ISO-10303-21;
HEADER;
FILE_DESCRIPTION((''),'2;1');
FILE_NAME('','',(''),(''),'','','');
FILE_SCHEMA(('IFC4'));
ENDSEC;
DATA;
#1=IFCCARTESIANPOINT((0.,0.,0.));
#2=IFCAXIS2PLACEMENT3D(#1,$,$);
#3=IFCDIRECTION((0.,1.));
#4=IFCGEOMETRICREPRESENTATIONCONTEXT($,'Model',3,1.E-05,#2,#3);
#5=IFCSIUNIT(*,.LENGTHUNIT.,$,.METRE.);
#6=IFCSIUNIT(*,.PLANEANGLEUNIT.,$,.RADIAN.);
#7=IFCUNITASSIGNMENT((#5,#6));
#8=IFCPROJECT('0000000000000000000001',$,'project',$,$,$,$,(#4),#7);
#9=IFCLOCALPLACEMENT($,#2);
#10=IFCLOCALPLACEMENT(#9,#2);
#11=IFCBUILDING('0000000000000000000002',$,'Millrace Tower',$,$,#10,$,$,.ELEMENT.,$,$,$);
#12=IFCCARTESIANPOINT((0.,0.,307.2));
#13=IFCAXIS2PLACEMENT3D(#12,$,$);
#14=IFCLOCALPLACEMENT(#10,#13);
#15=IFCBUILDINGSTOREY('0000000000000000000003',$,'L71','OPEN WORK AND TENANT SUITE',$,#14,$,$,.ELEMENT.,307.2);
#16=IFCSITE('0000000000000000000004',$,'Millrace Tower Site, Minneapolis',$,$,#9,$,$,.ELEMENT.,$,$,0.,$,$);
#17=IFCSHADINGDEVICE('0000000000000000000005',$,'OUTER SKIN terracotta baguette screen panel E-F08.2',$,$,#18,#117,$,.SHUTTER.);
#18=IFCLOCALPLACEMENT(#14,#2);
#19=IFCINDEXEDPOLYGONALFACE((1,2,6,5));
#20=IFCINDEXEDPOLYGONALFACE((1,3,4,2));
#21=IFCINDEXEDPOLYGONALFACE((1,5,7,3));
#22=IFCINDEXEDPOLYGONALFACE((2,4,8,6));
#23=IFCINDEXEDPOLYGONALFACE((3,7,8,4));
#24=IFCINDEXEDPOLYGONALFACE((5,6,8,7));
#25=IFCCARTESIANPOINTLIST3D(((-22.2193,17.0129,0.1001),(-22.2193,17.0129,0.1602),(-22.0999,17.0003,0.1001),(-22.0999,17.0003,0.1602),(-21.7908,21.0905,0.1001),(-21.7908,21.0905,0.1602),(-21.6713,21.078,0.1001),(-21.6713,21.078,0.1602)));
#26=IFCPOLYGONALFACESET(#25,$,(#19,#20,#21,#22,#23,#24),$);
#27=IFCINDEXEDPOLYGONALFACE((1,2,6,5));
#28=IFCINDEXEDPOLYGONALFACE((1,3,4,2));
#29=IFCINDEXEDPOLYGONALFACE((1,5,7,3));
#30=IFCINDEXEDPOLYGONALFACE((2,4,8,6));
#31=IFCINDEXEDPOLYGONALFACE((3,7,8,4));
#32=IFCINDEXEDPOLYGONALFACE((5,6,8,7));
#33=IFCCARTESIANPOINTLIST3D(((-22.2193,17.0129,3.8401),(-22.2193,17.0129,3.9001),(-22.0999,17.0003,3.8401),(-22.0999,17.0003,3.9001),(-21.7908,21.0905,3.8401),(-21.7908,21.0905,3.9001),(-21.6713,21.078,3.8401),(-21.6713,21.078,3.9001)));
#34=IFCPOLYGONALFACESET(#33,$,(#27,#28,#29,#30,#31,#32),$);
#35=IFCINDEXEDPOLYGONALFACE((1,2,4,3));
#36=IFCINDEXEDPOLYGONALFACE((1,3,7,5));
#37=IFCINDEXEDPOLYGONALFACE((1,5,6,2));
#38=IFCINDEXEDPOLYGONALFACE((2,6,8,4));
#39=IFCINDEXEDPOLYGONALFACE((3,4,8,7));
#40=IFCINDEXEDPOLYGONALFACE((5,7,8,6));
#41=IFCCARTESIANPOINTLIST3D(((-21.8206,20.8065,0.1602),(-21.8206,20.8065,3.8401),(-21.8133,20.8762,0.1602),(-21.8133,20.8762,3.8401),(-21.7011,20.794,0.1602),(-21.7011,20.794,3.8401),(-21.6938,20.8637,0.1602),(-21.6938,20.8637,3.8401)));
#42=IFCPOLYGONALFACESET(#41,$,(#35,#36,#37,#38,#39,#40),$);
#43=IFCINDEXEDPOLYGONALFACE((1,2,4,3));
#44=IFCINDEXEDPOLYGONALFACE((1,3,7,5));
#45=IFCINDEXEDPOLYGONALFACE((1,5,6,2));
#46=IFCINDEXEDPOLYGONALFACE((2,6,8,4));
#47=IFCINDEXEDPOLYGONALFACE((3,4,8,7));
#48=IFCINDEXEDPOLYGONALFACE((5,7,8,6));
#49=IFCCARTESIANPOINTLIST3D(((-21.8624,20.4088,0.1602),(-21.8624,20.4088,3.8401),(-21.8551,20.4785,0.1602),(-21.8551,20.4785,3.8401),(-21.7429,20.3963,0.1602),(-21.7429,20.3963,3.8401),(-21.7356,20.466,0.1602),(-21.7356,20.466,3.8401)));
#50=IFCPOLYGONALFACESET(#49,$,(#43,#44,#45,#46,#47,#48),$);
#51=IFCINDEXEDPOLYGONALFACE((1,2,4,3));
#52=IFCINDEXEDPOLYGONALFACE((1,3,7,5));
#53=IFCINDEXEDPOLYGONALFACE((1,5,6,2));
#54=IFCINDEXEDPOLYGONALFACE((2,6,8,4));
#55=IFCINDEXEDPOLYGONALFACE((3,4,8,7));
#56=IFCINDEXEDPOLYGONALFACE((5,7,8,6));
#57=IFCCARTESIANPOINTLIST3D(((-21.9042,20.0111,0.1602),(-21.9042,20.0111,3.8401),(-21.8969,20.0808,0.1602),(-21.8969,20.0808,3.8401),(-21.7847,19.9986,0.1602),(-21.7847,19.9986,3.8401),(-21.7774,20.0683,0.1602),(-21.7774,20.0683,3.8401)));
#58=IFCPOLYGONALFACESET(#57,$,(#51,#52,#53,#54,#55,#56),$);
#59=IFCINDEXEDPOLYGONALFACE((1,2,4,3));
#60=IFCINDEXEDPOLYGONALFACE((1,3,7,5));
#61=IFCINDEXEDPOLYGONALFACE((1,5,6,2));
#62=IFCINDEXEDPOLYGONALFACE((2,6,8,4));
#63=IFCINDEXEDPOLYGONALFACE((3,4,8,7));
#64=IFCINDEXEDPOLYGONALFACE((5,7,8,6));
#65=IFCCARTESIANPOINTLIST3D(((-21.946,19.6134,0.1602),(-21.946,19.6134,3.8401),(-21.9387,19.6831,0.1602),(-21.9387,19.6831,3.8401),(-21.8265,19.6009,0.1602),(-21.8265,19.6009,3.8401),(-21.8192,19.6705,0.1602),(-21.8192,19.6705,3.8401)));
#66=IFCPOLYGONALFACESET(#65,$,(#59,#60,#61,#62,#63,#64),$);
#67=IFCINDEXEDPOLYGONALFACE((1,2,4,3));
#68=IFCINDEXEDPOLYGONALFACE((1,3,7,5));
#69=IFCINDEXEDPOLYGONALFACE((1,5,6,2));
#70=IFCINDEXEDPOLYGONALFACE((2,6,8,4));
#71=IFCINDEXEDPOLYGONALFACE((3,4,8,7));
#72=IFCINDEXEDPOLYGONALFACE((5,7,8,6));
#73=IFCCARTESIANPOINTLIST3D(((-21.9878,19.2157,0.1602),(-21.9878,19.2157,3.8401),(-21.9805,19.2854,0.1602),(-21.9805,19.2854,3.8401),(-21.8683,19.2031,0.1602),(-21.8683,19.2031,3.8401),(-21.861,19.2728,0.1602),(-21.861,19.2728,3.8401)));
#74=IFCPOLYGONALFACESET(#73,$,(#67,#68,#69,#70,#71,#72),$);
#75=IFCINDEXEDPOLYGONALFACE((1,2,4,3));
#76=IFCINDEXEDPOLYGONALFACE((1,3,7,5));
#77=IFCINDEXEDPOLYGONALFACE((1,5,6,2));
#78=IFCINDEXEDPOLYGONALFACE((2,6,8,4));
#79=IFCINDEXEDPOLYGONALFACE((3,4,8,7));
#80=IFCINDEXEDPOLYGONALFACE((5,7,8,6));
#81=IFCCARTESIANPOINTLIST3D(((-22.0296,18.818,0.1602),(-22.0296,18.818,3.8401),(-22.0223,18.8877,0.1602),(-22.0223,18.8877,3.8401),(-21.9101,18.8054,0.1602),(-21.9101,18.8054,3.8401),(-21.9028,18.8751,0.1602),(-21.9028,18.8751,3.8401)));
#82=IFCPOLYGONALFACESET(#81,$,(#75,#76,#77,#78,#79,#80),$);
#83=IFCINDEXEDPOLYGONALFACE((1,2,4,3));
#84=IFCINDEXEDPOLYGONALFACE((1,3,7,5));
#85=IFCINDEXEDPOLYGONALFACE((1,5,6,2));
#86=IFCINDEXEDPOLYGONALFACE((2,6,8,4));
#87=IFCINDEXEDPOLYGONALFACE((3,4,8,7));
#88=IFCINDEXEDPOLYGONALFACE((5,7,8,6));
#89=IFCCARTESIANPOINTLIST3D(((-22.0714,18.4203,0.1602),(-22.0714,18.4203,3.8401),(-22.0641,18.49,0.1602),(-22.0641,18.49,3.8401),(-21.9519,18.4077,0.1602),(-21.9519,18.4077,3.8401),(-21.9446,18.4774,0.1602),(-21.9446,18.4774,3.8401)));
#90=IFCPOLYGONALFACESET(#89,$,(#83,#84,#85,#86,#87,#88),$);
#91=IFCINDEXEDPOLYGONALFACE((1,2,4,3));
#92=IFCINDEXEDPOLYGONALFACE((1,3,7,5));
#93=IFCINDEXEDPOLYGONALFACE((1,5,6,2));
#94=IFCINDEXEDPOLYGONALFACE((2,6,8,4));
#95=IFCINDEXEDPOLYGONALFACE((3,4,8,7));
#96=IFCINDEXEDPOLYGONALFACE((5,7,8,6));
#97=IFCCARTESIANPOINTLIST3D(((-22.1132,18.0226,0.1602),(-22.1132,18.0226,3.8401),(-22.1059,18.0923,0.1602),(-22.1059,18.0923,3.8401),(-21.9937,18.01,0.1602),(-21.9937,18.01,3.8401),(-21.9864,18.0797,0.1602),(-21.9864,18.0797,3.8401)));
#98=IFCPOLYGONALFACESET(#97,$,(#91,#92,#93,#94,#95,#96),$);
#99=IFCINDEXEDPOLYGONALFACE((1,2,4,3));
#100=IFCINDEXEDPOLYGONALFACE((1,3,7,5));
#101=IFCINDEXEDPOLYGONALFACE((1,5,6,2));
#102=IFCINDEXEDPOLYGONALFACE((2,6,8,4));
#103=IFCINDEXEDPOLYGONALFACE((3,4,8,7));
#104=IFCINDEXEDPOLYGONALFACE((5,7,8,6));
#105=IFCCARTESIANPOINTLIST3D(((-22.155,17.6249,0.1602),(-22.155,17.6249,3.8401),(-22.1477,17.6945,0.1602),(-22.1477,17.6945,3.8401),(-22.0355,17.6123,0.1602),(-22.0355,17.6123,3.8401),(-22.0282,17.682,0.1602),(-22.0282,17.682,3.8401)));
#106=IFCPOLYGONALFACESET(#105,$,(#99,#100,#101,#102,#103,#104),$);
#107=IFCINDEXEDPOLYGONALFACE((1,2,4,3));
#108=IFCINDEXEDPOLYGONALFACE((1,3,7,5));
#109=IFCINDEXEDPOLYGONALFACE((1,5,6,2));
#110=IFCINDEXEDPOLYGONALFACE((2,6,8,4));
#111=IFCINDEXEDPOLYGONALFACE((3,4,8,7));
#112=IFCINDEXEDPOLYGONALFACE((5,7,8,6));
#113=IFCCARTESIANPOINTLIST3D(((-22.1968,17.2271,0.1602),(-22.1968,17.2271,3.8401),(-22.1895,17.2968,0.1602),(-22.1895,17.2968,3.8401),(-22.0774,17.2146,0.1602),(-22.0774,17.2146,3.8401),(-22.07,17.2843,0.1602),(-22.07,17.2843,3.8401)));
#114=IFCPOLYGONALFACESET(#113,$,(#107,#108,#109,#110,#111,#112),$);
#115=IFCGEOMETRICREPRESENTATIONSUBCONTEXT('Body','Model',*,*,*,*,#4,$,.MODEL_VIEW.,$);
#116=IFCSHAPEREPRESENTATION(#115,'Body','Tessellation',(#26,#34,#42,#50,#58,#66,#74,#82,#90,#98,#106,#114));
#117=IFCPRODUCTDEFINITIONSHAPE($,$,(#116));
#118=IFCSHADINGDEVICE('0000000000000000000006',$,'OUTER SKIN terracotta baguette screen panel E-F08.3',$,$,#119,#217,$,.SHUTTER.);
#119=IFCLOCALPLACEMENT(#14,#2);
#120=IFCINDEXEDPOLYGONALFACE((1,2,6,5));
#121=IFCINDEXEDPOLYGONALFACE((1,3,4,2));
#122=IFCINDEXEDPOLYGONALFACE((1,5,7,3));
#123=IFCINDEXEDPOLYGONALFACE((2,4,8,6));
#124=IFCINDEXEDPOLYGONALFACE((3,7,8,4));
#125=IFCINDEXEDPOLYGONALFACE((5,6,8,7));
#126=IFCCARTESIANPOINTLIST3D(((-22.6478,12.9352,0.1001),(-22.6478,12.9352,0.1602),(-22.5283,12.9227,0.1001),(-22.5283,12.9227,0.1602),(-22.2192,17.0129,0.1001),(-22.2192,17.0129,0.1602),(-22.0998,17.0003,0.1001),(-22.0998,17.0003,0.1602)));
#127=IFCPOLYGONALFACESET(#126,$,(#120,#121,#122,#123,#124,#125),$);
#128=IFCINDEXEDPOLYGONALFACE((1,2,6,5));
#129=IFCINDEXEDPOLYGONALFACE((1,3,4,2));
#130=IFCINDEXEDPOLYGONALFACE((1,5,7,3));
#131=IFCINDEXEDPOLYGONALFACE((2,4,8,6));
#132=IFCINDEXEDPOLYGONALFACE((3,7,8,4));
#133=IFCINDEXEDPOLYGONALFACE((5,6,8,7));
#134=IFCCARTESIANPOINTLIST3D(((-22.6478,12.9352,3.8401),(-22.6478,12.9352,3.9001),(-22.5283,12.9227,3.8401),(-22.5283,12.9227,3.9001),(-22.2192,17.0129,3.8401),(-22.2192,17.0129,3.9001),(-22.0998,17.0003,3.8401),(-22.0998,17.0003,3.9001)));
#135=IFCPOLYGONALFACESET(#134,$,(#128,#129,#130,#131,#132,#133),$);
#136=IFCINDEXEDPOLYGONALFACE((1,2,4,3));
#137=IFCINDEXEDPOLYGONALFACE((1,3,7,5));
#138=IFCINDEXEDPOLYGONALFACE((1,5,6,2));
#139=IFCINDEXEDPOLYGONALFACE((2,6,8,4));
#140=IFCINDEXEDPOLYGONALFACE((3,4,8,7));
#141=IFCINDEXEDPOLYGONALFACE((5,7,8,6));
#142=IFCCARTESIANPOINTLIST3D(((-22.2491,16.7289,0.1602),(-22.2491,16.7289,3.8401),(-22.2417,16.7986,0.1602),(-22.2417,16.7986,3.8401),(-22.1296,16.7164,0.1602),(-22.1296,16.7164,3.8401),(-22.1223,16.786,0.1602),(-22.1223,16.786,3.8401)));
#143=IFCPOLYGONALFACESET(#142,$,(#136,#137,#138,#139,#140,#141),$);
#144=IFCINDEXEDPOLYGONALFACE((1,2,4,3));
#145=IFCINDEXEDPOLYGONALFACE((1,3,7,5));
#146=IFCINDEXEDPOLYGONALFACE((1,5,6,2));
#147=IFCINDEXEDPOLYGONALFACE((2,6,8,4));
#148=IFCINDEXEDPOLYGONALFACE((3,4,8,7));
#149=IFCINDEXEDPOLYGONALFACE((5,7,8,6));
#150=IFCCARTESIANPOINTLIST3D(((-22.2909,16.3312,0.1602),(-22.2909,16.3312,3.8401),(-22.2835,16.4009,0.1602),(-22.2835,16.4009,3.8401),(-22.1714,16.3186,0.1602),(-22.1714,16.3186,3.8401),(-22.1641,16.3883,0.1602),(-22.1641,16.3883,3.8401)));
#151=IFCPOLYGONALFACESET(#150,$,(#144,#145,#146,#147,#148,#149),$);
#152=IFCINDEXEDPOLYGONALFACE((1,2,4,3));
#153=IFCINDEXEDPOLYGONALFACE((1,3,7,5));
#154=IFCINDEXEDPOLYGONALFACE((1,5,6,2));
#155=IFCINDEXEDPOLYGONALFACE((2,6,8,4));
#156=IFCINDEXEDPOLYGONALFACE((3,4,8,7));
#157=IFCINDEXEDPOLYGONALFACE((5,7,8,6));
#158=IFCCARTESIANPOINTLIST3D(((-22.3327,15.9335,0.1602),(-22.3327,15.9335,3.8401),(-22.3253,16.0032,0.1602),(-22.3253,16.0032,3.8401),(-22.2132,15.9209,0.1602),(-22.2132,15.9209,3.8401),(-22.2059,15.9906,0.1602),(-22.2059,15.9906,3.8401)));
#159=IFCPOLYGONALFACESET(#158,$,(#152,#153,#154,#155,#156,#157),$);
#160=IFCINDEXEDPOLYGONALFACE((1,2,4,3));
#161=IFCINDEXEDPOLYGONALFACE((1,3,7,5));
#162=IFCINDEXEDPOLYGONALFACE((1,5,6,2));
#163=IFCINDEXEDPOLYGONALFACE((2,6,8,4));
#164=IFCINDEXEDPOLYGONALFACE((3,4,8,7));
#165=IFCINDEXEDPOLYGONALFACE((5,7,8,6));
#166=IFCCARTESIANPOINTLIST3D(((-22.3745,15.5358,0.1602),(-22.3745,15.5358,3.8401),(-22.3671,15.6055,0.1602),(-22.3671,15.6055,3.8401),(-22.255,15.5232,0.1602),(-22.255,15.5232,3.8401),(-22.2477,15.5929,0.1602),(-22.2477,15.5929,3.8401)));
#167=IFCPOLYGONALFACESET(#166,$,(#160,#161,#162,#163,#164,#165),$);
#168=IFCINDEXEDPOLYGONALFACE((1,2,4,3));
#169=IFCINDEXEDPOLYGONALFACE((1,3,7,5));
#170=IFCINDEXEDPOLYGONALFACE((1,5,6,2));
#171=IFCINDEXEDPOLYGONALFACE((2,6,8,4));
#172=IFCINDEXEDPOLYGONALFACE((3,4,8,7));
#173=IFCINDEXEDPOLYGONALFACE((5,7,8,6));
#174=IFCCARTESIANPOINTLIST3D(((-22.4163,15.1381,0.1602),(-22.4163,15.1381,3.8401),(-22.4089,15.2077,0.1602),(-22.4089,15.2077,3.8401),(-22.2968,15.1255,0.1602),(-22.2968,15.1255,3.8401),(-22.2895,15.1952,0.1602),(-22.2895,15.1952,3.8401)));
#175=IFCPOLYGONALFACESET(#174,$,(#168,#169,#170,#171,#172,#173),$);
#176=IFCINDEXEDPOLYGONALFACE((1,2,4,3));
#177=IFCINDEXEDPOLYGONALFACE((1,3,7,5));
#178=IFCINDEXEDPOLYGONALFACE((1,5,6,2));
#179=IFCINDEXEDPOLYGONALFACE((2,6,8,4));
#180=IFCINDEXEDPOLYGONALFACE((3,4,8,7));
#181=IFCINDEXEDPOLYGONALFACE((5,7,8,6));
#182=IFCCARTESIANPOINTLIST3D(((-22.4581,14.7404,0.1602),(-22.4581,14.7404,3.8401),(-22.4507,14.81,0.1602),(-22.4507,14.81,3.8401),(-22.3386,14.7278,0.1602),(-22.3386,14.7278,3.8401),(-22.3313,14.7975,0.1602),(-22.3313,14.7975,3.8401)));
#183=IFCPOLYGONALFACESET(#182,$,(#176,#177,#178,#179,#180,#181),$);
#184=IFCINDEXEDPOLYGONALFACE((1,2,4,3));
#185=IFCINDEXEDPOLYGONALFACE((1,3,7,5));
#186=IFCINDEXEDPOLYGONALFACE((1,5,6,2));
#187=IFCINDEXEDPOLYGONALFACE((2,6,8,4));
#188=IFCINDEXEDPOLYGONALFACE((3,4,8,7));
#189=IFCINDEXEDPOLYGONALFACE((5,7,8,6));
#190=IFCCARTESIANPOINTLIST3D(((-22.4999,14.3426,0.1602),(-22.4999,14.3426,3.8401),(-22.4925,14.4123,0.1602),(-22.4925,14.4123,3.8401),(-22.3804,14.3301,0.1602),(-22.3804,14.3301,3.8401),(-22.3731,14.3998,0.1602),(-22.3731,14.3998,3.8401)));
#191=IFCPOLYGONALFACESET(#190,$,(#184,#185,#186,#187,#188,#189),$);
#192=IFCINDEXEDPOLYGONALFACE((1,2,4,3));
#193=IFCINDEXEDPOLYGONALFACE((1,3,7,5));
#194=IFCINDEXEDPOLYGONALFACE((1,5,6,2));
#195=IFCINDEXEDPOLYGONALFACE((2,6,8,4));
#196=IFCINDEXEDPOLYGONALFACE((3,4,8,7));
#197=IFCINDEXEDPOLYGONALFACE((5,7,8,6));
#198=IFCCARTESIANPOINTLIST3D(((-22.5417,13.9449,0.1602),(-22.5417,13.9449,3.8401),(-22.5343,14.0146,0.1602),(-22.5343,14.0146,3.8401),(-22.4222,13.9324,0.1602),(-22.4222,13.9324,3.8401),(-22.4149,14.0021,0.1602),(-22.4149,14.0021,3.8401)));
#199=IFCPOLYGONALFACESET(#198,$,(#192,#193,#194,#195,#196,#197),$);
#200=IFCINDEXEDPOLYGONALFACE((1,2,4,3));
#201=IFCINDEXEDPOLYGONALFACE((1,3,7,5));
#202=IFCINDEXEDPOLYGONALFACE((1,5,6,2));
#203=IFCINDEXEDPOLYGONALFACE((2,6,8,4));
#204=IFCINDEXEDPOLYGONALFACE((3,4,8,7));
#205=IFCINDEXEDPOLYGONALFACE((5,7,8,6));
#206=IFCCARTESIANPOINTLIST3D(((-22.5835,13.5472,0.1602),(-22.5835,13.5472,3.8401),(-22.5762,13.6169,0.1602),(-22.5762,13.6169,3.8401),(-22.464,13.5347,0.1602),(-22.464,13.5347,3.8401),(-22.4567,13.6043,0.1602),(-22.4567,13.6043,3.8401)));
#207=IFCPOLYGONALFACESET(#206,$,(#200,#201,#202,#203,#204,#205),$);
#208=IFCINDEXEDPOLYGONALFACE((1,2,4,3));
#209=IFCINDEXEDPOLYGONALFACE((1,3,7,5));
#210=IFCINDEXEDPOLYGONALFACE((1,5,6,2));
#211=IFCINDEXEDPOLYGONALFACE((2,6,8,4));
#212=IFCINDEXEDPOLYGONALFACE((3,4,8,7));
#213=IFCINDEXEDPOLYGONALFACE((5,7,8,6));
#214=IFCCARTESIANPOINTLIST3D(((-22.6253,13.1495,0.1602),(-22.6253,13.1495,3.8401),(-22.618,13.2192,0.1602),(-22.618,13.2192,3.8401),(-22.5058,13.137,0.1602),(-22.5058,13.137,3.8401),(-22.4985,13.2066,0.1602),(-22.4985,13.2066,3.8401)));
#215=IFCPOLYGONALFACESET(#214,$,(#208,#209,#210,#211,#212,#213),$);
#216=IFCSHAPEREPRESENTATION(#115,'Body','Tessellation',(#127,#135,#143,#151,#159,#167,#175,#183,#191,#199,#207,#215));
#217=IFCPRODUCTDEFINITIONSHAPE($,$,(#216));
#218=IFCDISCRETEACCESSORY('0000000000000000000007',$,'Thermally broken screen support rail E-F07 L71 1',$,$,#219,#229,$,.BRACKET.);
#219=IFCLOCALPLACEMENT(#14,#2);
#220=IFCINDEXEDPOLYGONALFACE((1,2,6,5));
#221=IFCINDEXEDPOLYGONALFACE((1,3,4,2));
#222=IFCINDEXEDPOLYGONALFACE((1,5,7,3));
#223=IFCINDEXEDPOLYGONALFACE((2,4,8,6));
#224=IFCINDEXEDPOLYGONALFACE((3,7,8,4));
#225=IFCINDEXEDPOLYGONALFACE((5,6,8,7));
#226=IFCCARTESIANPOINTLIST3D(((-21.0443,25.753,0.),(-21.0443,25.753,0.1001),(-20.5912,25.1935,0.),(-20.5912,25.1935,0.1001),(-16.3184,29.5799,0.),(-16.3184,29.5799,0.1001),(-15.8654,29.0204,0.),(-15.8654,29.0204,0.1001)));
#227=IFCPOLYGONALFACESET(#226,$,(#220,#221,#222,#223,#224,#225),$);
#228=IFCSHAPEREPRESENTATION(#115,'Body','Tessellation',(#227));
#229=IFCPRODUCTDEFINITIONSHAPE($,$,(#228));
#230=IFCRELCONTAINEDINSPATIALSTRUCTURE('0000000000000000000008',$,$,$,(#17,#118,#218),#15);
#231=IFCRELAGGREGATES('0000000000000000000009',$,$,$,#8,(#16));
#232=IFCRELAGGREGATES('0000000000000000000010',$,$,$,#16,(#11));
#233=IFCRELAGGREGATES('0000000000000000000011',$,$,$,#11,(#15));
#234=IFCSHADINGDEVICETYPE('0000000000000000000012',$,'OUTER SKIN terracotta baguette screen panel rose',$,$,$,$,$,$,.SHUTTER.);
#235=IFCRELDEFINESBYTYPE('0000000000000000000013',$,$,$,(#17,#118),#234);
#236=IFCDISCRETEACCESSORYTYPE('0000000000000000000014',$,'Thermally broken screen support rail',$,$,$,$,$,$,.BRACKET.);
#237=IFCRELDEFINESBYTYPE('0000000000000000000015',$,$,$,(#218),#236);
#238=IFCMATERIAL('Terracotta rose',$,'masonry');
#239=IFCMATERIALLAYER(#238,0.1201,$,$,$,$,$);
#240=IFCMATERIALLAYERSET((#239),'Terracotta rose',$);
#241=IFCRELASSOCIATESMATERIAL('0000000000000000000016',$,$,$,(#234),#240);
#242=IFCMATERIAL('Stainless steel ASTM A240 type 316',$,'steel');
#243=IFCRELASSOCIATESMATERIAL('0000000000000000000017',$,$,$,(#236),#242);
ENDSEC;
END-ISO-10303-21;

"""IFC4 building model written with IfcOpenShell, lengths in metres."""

from ifc_helpers import new_model, entity, si_unit, direction, frame, frame_2d, origin, origin_2d, place, context, subcontext, project, spatial, rectangle, extrude, source, transform, mapped, material, layer, layer_set, type_object, element, save


model = new_model("IFC4")

# Units and contexts
model_context = context("Model", 3, precision=1e-05, world=origin(), true_north=direction((0.0, 1.0)))
body_context = subcontext(model_context, "Body", "Model", "MODEL_VIEW")
ifc_project = project(units=[si_unit("LENGTHUNIT", "METRE"), si_unit("PLANEANGLEUNIT", "RADIAN")], contexts=[model_context])

# Site, building, storey
site_placement = place(None, origin())
site = spatial("IfcSite", under=ifc_project, at=site_placement, Name="Millrace Tower Site, Minneapolis", CompositionType="ELEMENT", RefElevation=0.0)
building_placement = place(site_placement, origin())
building = spatial("IfcBuilding", under=site, at=building_placement, Name="Millrace Tower", CompositionType="ELEMENT")
storey_placement = place(building_placement, frame((0.0, 0.0, 307.2)))
storey = spatial("IfcBuildingStorey", under=building, at=storey_placement, Name="L71", Description="OPEN WORK AND TENANT SUITE", CompositionType="ELEMENT", Elevation=307.2)

# Shading devices
ifc_material_1 = material(Name="Terracotta rose", Category="masonry")
ifc_layer_1 = layer(ifc_material_1, 0.1201)
ifc_layer_set_1 = layer_set([ifc_layer_1], Name="Terracotta rose")
shading_device_type = type_object("IfcShadingDeviceType", Name="OUTER SKIN terracotta baguette screen panel rose", PredefinedType="SHUTTER", material=ifc_layer_set_1)
cartesian_point_1 = entity("IfcCartesianPoint", [-2.05, 0.0601])
shared_polyline_1 = entity("IfcPolyline", [cartesian_point_1, entity("IfcCartesianPoint", [2.05, 0.0601]), entity("IfcCartesianPoint", [2.05, -0.0601]), entity("IfcCartesianPoint", [-2.05, -0.0601]), cartesian_point_1])
shared_shape_1 = source(origin(), body_context, "Body", "SweptSolid", [
    entity("IfcExtrudedAreaSolid", entity("IfcArbitraryClosedProfileDef", "AREA", None, shared_polyline_1), entity("IfcAxis2Placement3D", entity("IfcCartesianPoint", [0.0, 0.0, 0.0])), entity("IfcDirection", [0.0, 0.0, 1.0]), 0.0601),
    entity("IfcExtrudedAreaSolid", entity("IfcArbitraryClosedProfileDef", "AREA", None, shared_polyline_1), entity("IfcAxis2Placement3D", entity("IfcCartesianPoint", [0.0, 0.0, 3.74])), entity("IfcDirection", [0.0, 0.0, 1.0]), 0.0601),
    extrude(rectangle(XDim=0.0701, YDim=0.1201, at=frame_2d((-1.7996, 0.0))), frame((0.0, 0.0, 0.0601)), (0.0, 0.0, 1.0), 3.6799),
    extrude(rectangle(XDim=0.0701, YDim=0.1201, at=frame_2d((-1.3997, 0.0))), frame((0.0, 0.0, 0.0601)), (0.0, 0.0, 1.0), 3.6799),
    extrude(rectangle(XDim=0.0701, YDim=0.1201, at=frame_2d((-0.9998, 0.0))), frame((0.0, 0.0, 0.0601)), (0.0, 0.0, 1.0), 3.6799),
    extrude(rectangle(XDim=0.0701, YDim=0.1201, at=frame_2d((-0.5999, 0.0))), frame((0.0, 0.0, 0.0601)), (0.0, 0.0, 1.0), 3.6799),
    extrude(rectangle(XDim=0.0701, YDim=0.1201, at=frame_2d((-0.2, 0.0))), frame((0.0, 0.0, 0.0601)), (0.0, 0.0, 1.0), 3.6799),
    extrude(rectangle(XDim=0.0701, YDim=0.1201, at=frame_2d((0.2, 0.0))), frame((0.0, 0.0, 0.0601)), (0.0, 0.0, 1.0), 3.6799),
    extrude(rectangle(XDim=0.0701, YDim=0.1201, at=frame_2d((0.5999, 0.0))), frame((0.0, 0.0, 0.0601)), (0.0, 0.0, 1.0), 3.6799),
    extrude(rectangle(XDim=0.0701, YDim=0.1201, at=frame_2d((0.9998, 0.0))), frame((0.0, 0.0, 0.0601)), (0.0, 0.0, 1.0), 3.6799),
    extrude(rectangle(XDim=0.0701, YDim=0.1201, at=frame_2d((1.3997, 0.0))), frame((0.0, 0.0, 0.0601)), (0.0, 0.0, 1.0), 3.6799),
    extrude(rectangle(XDim=0.0701, YDim=0.1201, at=frame_2d((1.7996, 0.0))), frame((0.0, 0.0, 0.0601)), (0.0, 0.0, 1.0), 3.6799),
])
for number, where, z_axis, x_axis, name in (
    (1, (-21.9453, 19.0454, 0.1001), (0.0, 0.0, 1.0), (-0.104528, -0.994522, 0.0), "OUTER SKIN terracotta baguette screen panel E-F08.2"),
    (2, (-22.3738, 14.9678, 0.1001), (0.0, 0.0, 1.0), (-0.104528, -0.994522, 0.0), "OUTER SKIN terracotta baguette screen panel E-F08.3"),
):
    element("IfcShadingDevice", number, at=place(storey_placement, frame(where, z_axis=z_axis, x_axis=x_axis)), inside=storey, type_object=shading_device_type, Name=name, PredefinedType="SHUTTER", context=body_context, shape_type="MappedRepresentation", body=[
        mapped(shared_shape_1, transform((0.0, 0.0, 0.0), scale=1.0)),
    ])

# Discrete accessory
ifc_material_2 = material(Name="Stainless steel ASTM A240 type 316", Category="steel")
discrete_accessory_type = type_object("IfcDiscreteAccessoryType", Name="Thermally broken screen support rail", PredefinedType="BRACKET", material=ifc_material_2)
discrete_accessory_placement = place(storey_placement, frame((-18.4548, 27.3867, 0.0), z_axis=(0.0, 0.0, 1.0), x_axis=(-0.777146, -0.62932, 0.0)))
element("IfcDiscreteAccessory", 3, at=discrete_accessory_placement, inside=storey, type_object=discrete_accessory_type, Name="Thermally broken screen support rail E-F07 L71 1", PredefinedType="BRACKET", context=body_context, shape_type="SweptSolid", body=[
    extrude(rectangle(XDim=6.0811, YDim=0.72, at=origin_2d()), origin(), (0.0, 0.0, 1.0), 0.1001),
])

save(model, "model.ifc")
